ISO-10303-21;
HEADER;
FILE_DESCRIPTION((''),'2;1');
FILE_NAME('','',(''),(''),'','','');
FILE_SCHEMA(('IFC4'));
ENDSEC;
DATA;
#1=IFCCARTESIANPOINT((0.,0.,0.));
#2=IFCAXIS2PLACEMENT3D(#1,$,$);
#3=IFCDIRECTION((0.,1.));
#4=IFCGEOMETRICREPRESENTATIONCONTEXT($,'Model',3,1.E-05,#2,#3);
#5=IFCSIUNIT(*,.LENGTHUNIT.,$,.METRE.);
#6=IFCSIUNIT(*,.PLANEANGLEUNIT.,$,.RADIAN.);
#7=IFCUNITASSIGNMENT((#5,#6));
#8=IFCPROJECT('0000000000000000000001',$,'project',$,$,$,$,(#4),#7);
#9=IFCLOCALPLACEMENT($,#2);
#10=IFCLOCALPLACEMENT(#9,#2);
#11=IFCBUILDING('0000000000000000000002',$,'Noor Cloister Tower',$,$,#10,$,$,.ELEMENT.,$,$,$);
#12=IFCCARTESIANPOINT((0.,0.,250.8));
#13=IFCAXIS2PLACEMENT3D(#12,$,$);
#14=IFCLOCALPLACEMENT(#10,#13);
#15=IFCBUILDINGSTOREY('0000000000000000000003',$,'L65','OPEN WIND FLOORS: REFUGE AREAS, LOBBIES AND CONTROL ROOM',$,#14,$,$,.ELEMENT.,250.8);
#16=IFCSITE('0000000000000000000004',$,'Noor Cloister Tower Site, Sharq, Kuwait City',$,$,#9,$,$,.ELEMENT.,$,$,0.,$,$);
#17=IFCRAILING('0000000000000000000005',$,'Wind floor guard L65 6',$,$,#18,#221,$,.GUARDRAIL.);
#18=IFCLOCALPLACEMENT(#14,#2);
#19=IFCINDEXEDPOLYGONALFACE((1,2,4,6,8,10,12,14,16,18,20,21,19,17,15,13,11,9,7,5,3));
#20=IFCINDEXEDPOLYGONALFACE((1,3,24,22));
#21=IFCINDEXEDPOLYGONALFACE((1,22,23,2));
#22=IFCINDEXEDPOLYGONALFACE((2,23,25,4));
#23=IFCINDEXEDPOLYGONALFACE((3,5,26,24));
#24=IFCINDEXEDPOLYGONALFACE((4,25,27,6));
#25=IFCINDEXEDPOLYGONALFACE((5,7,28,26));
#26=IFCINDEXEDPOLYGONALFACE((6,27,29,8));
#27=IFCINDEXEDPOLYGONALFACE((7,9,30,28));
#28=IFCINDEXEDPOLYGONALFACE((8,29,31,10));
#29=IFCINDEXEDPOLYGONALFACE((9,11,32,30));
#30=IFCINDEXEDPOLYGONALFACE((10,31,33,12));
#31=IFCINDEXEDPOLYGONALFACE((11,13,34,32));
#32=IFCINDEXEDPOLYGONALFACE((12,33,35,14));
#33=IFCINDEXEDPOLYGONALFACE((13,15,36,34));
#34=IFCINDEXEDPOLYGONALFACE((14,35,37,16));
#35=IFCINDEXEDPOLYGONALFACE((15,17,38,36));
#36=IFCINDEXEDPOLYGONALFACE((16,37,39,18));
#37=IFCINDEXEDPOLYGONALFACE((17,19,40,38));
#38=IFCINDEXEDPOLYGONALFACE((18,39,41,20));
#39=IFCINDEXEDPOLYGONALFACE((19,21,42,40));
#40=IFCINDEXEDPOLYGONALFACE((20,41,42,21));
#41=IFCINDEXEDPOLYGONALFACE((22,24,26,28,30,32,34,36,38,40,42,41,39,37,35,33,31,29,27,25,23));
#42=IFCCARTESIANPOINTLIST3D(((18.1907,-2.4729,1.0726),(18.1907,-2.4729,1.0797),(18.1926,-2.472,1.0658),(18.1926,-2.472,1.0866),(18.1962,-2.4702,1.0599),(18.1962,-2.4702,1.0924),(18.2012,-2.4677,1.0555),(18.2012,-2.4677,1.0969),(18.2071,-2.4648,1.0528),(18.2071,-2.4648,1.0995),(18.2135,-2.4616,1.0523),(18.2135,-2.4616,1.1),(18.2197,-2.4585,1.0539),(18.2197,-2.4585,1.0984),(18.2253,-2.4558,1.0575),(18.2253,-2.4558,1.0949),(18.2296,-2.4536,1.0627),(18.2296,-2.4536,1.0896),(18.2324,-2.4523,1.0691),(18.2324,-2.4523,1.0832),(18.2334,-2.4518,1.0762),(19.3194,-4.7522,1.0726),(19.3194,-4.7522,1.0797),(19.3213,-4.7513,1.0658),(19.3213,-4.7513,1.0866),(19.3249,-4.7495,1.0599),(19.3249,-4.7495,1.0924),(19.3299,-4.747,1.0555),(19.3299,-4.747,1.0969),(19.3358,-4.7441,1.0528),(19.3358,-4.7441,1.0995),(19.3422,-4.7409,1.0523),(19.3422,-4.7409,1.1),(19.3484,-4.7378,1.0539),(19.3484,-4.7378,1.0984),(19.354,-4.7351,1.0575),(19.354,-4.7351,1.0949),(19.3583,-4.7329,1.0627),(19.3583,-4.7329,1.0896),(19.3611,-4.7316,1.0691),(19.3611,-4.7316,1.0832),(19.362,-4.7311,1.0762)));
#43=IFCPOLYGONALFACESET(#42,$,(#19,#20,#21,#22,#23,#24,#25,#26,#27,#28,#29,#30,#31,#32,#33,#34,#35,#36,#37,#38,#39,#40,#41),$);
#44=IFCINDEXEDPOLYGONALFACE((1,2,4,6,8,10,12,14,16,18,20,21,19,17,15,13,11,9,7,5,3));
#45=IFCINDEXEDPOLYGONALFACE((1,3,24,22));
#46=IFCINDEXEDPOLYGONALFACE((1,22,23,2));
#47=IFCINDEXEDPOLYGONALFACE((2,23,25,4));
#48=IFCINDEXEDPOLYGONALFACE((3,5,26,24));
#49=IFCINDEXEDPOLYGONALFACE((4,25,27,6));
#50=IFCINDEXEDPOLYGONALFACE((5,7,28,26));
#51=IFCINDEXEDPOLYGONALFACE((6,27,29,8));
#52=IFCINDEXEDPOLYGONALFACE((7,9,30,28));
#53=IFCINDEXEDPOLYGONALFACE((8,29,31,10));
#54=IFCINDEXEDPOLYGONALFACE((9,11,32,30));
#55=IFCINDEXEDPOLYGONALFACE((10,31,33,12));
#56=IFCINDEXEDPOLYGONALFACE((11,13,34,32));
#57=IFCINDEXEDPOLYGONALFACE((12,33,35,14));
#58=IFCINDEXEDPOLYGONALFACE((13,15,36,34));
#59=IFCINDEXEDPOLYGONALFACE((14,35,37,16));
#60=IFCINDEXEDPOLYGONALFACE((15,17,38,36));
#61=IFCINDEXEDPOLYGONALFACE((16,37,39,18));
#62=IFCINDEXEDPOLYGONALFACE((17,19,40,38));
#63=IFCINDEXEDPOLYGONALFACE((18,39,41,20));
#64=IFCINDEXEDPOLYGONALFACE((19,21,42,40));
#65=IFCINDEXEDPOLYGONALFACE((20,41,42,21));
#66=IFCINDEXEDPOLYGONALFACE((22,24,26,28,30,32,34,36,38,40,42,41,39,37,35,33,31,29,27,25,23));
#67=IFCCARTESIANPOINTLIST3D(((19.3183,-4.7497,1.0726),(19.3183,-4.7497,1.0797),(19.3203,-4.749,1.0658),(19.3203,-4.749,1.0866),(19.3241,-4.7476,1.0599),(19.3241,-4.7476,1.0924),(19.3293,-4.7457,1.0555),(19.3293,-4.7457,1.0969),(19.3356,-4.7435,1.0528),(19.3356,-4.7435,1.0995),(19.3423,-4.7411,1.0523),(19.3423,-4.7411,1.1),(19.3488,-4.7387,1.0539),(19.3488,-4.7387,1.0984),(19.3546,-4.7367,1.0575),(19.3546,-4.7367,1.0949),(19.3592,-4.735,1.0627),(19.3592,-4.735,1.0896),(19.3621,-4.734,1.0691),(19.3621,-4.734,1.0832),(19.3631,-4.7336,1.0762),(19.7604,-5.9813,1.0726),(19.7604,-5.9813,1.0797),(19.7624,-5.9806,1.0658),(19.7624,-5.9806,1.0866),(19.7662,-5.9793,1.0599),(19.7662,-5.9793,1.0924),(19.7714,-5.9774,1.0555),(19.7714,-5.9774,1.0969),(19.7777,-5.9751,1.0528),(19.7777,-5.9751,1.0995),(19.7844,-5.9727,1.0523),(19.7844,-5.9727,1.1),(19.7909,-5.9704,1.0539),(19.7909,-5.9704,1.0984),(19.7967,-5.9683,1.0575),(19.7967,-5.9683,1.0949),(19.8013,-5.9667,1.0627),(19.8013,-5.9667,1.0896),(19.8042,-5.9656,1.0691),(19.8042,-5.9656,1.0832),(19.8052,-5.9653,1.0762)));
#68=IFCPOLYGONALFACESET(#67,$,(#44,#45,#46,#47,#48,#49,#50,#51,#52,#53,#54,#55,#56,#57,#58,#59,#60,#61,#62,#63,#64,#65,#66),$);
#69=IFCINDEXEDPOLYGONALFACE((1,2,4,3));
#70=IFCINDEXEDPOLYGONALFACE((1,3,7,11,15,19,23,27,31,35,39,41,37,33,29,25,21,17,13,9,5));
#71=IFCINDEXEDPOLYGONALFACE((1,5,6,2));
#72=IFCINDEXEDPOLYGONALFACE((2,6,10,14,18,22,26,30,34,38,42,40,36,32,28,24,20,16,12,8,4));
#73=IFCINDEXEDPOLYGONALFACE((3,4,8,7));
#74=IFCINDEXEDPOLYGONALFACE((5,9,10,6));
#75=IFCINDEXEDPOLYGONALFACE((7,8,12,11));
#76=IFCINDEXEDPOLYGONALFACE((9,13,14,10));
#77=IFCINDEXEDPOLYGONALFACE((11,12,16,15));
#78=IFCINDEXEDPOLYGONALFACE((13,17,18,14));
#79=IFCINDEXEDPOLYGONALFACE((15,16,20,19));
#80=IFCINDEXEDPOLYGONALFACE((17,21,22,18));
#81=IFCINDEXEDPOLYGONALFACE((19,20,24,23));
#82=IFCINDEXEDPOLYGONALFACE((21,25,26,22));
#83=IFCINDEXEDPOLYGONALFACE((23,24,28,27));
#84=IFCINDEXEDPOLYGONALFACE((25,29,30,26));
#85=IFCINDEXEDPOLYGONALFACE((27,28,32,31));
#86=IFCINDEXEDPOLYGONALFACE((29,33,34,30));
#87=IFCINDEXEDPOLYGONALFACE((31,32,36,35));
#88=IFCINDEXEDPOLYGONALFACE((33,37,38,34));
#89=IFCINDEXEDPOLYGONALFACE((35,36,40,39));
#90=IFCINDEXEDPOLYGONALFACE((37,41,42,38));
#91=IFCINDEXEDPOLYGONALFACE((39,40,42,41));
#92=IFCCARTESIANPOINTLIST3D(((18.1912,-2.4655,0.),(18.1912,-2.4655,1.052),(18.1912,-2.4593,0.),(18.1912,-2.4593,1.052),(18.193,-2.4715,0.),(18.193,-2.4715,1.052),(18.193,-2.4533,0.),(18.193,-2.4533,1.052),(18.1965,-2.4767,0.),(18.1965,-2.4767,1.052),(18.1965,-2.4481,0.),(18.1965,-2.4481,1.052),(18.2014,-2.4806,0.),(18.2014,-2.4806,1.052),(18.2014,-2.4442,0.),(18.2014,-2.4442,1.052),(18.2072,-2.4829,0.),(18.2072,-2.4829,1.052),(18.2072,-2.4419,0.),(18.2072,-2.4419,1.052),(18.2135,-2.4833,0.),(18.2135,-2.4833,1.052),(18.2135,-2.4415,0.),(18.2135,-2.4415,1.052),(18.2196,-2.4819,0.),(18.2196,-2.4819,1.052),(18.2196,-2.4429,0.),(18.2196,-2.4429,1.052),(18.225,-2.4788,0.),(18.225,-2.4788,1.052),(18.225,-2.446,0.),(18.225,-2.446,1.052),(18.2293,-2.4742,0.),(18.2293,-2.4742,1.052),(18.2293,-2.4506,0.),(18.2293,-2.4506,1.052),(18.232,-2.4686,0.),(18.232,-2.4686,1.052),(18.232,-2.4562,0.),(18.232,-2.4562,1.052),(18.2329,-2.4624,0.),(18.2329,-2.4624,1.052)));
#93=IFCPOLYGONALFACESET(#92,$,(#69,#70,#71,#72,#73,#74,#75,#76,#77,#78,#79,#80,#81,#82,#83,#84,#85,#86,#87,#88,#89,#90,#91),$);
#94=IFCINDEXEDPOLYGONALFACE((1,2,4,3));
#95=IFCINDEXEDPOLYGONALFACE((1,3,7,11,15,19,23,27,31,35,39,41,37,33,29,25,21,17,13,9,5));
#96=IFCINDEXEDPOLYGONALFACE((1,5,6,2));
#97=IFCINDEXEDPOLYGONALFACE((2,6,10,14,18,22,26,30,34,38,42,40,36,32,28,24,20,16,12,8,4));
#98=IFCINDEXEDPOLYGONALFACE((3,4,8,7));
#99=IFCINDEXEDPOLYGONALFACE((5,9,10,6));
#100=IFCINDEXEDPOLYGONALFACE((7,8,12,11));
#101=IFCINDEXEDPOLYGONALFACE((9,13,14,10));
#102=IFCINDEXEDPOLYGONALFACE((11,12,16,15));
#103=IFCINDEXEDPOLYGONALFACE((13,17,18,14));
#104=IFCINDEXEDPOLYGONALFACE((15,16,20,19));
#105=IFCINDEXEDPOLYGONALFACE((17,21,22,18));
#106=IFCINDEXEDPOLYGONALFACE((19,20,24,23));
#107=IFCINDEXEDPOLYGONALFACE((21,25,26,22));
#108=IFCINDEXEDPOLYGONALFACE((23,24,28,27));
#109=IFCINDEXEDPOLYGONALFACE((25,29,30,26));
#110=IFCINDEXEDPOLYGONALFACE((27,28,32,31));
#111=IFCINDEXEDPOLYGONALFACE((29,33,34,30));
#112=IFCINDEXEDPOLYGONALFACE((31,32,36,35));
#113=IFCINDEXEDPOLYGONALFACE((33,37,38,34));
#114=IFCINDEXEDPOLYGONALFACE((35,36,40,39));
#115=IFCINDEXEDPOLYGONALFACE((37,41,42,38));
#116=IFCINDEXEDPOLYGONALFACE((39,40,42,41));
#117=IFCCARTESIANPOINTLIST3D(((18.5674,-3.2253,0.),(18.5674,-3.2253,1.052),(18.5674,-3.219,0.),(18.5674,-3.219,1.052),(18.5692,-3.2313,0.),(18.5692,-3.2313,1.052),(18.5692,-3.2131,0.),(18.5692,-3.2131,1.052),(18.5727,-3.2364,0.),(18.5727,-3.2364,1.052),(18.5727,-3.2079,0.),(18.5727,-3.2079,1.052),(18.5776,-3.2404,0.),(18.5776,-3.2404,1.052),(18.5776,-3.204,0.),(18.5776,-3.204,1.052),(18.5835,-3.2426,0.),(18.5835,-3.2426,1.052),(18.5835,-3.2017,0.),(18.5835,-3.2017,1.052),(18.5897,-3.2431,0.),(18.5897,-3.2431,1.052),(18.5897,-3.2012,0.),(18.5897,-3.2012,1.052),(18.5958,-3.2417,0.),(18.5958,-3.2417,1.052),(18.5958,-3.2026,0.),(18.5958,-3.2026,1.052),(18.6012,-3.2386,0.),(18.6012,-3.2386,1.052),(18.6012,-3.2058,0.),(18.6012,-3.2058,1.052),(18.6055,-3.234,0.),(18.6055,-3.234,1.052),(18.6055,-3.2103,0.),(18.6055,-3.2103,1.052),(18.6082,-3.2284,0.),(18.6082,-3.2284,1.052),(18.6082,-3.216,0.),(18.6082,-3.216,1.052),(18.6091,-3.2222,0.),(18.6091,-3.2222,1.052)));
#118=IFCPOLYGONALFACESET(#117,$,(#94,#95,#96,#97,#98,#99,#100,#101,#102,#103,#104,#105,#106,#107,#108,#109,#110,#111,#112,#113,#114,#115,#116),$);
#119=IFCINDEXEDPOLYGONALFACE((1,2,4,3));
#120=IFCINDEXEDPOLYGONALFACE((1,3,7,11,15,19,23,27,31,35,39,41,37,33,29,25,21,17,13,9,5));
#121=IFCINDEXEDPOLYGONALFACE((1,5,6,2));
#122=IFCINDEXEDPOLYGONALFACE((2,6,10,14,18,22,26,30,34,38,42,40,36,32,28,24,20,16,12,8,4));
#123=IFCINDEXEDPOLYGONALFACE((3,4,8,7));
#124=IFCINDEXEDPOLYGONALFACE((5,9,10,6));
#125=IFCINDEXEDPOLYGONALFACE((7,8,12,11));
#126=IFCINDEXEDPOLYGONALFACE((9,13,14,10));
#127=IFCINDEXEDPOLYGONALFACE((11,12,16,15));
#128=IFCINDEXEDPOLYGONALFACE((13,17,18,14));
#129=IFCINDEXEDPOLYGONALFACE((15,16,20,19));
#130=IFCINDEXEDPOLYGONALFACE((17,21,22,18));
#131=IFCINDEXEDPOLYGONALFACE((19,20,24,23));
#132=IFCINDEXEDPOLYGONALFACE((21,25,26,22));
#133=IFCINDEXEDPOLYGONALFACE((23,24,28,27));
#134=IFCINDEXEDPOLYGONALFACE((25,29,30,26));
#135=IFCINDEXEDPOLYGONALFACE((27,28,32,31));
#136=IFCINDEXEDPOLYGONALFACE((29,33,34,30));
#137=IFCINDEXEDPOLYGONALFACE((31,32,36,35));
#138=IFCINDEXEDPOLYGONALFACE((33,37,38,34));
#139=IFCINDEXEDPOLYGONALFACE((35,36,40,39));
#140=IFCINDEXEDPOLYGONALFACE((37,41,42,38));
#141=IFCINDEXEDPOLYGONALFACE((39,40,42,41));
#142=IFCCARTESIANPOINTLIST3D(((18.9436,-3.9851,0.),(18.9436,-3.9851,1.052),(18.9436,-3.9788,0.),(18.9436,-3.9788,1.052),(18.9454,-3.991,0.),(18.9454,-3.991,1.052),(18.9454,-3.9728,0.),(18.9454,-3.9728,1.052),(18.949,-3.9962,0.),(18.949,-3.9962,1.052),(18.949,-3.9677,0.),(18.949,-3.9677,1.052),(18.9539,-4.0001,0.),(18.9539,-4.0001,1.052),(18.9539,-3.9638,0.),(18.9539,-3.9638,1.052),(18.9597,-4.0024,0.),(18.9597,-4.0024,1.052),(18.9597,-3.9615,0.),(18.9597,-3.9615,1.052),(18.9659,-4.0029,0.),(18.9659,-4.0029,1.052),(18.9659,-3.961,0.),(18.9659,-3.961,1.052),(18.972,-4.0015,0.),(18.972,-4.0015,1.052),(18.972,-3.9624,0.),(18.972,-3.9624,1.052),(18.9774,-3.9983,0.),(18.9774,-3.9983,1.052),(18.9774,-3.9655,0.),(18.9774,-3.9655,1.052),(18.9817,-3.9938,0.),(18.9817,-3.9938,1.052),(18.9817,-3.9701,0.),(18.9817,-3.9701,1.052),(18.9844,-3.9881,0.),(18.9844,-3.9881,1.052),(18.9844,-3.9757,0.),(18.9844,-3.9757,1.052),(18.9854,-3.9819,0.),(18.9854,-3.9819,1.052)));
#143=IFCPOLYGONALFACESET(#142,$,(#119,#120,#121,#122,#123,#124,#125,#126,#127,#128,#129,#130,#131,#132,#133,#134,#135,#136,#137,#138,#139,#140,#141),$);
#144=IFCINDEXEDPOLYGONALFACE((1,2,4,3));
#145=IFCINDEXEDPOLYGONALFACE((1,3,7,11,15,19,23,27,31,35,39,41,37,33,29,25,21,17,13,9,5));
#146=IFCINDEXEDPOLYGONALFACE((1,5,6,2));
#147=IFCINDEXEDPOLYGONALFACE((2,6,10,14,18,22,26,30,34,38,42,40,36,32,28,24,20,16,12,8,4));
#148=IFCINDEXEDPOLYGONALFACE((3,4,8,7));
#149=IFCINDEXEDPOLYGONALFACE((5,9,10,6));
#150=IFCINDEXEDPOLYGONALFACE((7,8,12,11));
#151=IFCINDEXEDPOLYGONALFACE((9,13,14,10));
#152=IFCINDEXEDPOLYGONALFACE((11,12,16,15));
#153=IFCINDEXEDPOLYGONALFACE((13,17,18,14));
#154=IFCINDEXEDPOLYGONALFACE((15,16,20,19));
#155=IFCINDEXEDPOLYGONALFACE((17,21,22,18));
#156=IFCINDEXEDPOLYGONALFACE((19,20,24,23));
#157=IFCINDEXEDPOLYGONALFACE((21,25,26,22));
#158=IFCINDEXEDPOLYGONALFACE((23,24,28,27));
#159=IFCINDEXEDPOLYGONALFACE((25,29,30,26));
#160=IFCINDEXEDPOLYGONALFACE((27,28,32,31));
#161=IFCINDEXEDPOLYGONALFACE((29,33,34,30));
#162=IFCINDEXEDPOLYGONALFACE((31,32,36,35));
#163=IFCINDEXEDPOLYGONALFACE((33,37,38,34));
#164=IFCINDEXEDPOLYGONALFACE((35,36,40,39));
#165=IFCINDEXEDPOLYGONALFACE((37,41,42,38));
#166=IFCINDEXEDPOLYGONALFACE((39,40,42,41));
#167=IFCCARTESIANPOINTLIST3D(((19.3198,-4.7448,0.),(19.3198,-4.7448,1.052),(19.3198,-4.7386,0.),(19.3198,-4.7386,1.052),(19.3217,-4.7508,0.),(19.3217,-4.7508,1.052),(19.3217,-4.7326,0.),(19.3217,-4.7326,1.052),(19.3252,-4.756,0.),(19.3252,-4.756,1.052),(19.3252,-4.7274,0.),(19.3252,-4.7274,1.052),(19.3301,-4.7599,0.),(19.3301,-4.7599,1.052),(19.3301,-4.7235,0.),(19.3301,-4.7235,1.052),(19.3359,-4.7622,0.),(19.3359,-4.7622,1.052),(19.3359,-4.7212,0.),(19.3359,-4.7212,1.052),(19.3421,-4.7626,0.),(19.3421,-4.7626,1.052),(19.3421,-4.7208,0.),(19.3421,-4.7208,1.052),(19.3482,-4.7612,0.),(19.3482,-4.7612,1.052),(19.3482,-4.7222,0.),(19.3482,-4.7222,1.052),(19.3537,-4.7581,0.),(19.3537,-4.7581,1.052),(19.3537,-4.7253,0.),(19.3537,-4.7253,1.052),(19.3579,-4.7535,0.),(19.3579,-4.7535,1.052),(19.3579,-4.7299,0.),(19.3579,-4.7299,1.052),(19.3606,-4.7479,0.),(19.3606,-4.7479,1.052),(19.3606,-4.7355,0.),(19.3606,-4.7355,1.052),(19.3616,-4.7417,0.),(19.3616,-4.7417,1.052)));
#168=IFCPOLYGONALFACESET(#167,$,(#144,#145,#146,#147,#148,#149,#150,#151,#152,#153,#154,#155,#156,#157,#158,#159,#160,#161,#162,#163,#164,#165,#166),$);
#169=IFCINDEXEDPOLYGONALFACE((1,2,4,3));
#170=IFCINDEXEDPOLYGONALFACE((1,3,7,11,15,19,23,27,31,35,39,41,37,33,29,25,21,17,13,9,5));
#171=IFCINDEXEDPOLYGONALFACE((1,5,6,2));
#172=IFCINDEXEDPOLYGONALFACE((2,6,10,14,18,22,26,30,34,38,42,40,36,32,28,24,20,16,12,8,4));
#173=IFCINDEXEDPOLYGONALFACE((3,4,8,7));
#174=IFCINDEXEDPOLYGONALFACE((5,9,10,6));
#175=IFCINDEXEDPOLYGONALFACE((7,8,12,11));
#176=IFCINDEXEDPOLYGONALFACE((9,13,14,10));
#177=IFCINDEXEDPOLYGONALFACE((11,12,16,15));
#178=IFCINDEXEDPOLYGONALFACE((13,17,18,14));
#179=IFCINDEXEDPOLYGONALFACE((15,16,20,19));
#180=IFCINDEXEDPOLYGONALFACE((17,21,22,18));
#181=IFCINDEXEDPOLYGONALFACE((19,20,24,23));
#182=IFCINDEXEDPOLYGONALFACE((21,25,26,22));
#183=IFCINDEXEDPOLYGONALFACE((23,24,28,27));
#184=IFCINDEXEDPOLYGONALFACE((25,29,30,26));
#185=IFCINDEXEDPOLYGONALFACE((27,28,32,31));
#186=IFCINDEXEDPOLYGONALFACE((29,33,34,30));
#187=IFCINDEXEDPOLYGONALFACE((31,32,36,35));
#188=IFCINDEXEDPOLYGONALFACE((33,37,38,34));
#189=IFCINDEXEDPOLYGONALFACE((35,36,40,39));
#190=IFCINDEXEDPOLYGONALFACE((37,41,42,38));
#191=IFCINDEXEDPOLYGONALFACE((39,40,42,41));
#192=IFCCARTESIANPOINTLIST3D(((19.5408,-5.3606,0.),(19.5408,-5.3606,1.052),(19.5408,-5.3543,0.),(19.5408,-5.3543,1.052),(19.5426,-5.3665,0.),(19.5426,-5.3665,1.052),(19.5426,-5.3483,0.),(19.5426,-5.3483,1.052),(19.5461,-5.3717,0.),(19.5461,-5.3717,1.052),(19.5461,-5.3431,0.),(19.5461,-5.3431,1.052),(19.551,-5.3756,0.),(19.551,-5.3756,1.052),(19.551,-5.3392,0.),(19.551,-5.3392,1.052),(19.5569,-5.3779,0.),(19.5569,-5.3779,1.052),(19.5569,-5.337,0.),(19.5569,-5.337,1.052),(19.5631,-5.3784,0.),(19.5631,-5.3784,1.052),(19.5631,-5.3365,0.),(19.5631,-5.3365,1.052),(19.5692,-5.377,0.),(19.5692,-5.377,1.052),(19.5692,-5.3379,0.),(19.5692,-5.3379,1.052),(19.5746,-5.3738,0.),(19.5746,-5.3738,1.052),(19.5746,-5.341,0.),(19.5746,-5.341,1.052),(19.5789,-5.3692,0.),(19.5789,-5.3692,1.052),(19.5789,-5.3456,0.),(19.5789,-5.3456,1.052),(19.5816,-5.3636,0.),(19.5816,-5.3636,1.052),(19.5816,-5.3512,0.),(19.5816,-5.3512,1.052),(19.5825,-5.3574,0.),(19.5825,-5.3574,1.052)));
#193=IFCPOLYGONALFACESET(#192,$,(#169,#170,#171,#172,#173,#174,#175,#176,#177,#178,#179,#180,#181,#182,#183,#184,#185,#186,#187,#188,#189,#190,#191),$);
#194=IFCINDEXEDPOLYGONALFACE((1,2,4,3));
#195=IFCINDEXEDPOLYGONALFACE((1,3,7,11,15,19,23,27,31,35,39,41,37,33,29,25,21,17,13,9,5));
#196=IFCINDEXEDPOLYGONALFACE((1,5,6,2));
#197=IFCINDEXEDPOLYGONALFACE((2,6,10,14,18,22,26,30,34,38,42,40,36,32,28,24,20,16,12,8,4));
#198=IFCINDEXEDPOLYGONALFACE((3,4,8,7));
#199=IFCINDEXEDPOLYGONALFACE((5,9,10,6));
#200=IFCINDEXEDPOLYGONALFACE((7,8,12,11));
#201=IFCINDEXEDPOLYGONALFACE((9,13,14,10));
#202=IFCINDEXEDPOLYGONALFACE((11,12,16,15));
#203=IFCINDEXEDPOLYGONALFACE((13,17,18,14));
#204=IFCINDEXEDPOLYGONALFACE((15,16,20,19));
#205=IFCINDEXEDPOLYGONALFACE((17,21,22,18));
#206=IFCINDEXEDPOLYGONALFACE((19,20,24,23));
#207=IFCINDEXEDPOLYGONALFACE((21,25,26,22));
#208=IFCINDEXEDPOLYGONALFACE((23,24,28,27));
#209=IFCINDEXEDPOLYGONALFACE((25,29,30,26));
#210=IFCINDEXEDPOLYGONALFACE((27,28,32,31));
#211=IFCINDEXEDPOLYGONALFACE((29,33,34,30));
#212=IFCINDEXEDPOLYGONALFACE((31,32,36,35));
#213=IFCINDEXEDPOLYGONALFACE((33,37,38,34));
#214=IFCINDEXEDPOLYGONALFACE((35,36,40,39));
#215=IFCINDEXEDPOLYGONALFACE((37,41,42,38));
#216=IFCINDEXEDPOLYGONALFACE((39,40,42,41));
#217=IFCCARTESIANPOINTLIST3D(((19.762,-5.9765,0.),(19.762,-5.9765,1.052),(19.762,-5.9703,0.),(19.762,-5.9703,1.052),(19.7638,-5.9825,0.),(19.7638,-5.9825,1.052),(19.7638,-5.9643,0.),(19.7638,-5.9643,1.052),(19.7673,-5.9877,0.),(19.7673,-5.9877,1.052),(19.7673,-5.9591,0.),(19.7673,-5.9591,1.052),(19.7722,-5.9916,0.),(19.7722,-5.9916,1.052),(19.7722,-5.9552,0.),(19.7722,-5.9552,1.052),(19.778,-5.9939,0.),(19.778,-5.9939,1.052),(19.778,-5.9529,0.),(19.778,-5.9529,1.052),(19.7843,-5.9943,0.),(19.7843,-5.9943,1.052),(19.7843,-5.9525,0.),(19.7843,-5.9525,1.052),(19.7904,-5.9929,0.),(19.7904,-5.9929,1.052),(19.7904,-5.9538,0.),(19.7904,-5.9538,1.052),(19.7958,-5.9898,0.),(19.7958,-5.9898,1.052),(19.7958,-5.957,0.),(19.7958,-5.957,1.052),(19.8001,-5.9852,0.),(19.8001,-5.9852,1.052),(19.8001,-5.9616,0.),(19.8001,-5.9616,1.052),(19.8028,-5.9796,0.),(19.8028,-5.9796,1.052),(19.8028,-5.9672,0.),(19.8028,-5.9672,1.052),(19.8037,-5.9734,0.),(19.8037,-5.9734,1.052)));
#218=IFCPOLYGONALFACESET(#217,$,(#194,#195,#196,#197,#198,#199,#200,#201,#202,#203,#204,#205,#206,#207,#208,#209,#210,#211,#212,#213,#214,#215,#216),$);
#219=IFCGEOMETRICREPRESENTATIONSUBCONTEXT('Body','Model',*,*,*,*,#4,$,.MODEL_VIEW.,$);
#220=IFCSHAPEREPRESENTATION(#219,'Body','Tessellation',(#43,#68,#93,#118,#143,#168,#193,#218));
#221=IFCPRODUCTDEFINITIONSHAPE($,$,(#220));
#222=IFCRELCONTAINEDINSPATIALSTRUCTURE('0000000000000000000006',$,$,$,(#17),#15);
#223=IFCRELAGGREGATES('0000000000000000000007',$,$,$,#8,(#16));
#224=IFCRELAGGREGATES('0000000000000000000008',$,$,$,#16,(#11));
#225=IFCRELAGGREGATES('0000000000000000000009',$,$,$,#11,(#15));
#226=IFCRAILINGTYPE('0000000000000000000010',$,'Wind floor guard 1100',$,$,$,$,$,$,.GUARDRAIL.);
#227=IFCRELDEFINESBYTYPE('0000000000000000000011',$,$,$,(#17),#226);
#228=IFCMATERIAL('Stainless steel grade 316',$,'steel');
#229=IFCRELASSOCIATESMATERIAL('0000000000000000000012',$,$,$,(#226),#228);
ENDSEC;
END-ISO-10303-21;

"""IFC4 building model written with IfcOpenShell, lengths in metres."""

from ifc_helpers import new_model, si_unit, direction, frame, origin, origin_2d, place, context, subcontext, project, spatial, circle, extrude, material, type_object, element, save


model = new_model("IFC4")

# Units and contexts
model_context = context("Model", 3, precision=1e-05, world=origin(), true_north=direction((0.0, 1.0)))
body_context = subcontext(model_context, "Body", "Model", "MODEL_VIEW")
ifc_project = project(units=[si_unit("LENGTHUNIT", "METRE"), si_unit("PLANEANGLEUNIT", "RADIAN")], contexts=[model_context])

# Site, building, storey
site_placement = place(None, origin())
site = spatial("IfcSite", under=ifc_project, at=site_placement, Name="Noor Cloister Tower Site, Sharq, Kuwait City", CompositionType="ELEMENT", RefElevation=0.0)
building_placement = place(site_placement, origin())
building = spatial("IfcBuilding", under=site, at=building_placement, Name="Noor Cloister Tower", CompositionType="ELEMENT")
storey_placement = place(building_placement, frame((0.0, 0.0, 250.8)))
storey = spatial("IfcBuildingStorey", under=building, at=storey_placement, Name="L65", Description="OPEN WIND FLOORS: REFUGE AREAS, LOBBIES AND CONTROL ROOM", CompositionType="ELEMENT", Elevation=250.8)

# Railing
ifc_material_1 = material(Name="Stainless steel grade 316", Category="steel")
railing_type_1 = type_object("IfcRailingType", Name="Wind floor guard 1100", PredefinedType="GUARDRAIL", material=ifc_material_1)
railing_1_placement = place(storey_placement, frame((18.2119, -2.4624, 0.0)))
element("IfcRailing", 1, at=railing_1_placement, inside=storey, type_object=railing_type_1, Name="Wind floor guard L65 6", PredefinedType="GUARDRAIL", context=body_context, shape_type="SweptSolid", body=[
    extrude(circle(Radius=0.0239, at=origin_2d()), frame((0.0, 0.0, 1.0762), z_axis=(0.443755, -0.896148, 0.0), x_axis=(0.896148, 0.443755, 0.0)), (0.0, 0.0, 1.0), 2.5435),
    extrude(circle(Radius=0.0239, at=origin_2d()), frame((1.1287, -2.2793, 1.0762), z_axis=(0.337861, -0.941196, 0.0), x_axis=(0.941196, 0.337861, 0.0)), (0.0, 0.0, 1.0), 1.3086),
    extrude(circle(Radius=0.021, at=origin_2d()), origin(), (0.0, 0.0, 1.0), 1.052),
    extrude(circle(Radius=0.021, at=origin_2d()), frame((0.3762, -0.7598, 0.0)), (0.0, 0.0, 1.0), 1.052),
    extrude(circle(Radius=0.021, at=origin_2d()), frame((0.7524, -1.5195, 0.0)), (0.0, 0.0, 1.0), 1.052),
    extrude(circle(Radius=0.021, at=origin_2d()), frame((1.1287, -2.2793, 0.0)), (0.0, 0.0, 1.0), 1.052),
    extrude(circle(Radius=0.021, at=origin_2d()), frame((1.3496, -2.895, 0.0)), (0.0, 0.0, 1.0), 1.052),
    extrude(circle(Radius=0.021, at=origin_2d()), frame((1.5708, -3.511, 0.0)), (0.0, 0.0, 1.0), 1.052),
])

save(model, "model.ifc")
